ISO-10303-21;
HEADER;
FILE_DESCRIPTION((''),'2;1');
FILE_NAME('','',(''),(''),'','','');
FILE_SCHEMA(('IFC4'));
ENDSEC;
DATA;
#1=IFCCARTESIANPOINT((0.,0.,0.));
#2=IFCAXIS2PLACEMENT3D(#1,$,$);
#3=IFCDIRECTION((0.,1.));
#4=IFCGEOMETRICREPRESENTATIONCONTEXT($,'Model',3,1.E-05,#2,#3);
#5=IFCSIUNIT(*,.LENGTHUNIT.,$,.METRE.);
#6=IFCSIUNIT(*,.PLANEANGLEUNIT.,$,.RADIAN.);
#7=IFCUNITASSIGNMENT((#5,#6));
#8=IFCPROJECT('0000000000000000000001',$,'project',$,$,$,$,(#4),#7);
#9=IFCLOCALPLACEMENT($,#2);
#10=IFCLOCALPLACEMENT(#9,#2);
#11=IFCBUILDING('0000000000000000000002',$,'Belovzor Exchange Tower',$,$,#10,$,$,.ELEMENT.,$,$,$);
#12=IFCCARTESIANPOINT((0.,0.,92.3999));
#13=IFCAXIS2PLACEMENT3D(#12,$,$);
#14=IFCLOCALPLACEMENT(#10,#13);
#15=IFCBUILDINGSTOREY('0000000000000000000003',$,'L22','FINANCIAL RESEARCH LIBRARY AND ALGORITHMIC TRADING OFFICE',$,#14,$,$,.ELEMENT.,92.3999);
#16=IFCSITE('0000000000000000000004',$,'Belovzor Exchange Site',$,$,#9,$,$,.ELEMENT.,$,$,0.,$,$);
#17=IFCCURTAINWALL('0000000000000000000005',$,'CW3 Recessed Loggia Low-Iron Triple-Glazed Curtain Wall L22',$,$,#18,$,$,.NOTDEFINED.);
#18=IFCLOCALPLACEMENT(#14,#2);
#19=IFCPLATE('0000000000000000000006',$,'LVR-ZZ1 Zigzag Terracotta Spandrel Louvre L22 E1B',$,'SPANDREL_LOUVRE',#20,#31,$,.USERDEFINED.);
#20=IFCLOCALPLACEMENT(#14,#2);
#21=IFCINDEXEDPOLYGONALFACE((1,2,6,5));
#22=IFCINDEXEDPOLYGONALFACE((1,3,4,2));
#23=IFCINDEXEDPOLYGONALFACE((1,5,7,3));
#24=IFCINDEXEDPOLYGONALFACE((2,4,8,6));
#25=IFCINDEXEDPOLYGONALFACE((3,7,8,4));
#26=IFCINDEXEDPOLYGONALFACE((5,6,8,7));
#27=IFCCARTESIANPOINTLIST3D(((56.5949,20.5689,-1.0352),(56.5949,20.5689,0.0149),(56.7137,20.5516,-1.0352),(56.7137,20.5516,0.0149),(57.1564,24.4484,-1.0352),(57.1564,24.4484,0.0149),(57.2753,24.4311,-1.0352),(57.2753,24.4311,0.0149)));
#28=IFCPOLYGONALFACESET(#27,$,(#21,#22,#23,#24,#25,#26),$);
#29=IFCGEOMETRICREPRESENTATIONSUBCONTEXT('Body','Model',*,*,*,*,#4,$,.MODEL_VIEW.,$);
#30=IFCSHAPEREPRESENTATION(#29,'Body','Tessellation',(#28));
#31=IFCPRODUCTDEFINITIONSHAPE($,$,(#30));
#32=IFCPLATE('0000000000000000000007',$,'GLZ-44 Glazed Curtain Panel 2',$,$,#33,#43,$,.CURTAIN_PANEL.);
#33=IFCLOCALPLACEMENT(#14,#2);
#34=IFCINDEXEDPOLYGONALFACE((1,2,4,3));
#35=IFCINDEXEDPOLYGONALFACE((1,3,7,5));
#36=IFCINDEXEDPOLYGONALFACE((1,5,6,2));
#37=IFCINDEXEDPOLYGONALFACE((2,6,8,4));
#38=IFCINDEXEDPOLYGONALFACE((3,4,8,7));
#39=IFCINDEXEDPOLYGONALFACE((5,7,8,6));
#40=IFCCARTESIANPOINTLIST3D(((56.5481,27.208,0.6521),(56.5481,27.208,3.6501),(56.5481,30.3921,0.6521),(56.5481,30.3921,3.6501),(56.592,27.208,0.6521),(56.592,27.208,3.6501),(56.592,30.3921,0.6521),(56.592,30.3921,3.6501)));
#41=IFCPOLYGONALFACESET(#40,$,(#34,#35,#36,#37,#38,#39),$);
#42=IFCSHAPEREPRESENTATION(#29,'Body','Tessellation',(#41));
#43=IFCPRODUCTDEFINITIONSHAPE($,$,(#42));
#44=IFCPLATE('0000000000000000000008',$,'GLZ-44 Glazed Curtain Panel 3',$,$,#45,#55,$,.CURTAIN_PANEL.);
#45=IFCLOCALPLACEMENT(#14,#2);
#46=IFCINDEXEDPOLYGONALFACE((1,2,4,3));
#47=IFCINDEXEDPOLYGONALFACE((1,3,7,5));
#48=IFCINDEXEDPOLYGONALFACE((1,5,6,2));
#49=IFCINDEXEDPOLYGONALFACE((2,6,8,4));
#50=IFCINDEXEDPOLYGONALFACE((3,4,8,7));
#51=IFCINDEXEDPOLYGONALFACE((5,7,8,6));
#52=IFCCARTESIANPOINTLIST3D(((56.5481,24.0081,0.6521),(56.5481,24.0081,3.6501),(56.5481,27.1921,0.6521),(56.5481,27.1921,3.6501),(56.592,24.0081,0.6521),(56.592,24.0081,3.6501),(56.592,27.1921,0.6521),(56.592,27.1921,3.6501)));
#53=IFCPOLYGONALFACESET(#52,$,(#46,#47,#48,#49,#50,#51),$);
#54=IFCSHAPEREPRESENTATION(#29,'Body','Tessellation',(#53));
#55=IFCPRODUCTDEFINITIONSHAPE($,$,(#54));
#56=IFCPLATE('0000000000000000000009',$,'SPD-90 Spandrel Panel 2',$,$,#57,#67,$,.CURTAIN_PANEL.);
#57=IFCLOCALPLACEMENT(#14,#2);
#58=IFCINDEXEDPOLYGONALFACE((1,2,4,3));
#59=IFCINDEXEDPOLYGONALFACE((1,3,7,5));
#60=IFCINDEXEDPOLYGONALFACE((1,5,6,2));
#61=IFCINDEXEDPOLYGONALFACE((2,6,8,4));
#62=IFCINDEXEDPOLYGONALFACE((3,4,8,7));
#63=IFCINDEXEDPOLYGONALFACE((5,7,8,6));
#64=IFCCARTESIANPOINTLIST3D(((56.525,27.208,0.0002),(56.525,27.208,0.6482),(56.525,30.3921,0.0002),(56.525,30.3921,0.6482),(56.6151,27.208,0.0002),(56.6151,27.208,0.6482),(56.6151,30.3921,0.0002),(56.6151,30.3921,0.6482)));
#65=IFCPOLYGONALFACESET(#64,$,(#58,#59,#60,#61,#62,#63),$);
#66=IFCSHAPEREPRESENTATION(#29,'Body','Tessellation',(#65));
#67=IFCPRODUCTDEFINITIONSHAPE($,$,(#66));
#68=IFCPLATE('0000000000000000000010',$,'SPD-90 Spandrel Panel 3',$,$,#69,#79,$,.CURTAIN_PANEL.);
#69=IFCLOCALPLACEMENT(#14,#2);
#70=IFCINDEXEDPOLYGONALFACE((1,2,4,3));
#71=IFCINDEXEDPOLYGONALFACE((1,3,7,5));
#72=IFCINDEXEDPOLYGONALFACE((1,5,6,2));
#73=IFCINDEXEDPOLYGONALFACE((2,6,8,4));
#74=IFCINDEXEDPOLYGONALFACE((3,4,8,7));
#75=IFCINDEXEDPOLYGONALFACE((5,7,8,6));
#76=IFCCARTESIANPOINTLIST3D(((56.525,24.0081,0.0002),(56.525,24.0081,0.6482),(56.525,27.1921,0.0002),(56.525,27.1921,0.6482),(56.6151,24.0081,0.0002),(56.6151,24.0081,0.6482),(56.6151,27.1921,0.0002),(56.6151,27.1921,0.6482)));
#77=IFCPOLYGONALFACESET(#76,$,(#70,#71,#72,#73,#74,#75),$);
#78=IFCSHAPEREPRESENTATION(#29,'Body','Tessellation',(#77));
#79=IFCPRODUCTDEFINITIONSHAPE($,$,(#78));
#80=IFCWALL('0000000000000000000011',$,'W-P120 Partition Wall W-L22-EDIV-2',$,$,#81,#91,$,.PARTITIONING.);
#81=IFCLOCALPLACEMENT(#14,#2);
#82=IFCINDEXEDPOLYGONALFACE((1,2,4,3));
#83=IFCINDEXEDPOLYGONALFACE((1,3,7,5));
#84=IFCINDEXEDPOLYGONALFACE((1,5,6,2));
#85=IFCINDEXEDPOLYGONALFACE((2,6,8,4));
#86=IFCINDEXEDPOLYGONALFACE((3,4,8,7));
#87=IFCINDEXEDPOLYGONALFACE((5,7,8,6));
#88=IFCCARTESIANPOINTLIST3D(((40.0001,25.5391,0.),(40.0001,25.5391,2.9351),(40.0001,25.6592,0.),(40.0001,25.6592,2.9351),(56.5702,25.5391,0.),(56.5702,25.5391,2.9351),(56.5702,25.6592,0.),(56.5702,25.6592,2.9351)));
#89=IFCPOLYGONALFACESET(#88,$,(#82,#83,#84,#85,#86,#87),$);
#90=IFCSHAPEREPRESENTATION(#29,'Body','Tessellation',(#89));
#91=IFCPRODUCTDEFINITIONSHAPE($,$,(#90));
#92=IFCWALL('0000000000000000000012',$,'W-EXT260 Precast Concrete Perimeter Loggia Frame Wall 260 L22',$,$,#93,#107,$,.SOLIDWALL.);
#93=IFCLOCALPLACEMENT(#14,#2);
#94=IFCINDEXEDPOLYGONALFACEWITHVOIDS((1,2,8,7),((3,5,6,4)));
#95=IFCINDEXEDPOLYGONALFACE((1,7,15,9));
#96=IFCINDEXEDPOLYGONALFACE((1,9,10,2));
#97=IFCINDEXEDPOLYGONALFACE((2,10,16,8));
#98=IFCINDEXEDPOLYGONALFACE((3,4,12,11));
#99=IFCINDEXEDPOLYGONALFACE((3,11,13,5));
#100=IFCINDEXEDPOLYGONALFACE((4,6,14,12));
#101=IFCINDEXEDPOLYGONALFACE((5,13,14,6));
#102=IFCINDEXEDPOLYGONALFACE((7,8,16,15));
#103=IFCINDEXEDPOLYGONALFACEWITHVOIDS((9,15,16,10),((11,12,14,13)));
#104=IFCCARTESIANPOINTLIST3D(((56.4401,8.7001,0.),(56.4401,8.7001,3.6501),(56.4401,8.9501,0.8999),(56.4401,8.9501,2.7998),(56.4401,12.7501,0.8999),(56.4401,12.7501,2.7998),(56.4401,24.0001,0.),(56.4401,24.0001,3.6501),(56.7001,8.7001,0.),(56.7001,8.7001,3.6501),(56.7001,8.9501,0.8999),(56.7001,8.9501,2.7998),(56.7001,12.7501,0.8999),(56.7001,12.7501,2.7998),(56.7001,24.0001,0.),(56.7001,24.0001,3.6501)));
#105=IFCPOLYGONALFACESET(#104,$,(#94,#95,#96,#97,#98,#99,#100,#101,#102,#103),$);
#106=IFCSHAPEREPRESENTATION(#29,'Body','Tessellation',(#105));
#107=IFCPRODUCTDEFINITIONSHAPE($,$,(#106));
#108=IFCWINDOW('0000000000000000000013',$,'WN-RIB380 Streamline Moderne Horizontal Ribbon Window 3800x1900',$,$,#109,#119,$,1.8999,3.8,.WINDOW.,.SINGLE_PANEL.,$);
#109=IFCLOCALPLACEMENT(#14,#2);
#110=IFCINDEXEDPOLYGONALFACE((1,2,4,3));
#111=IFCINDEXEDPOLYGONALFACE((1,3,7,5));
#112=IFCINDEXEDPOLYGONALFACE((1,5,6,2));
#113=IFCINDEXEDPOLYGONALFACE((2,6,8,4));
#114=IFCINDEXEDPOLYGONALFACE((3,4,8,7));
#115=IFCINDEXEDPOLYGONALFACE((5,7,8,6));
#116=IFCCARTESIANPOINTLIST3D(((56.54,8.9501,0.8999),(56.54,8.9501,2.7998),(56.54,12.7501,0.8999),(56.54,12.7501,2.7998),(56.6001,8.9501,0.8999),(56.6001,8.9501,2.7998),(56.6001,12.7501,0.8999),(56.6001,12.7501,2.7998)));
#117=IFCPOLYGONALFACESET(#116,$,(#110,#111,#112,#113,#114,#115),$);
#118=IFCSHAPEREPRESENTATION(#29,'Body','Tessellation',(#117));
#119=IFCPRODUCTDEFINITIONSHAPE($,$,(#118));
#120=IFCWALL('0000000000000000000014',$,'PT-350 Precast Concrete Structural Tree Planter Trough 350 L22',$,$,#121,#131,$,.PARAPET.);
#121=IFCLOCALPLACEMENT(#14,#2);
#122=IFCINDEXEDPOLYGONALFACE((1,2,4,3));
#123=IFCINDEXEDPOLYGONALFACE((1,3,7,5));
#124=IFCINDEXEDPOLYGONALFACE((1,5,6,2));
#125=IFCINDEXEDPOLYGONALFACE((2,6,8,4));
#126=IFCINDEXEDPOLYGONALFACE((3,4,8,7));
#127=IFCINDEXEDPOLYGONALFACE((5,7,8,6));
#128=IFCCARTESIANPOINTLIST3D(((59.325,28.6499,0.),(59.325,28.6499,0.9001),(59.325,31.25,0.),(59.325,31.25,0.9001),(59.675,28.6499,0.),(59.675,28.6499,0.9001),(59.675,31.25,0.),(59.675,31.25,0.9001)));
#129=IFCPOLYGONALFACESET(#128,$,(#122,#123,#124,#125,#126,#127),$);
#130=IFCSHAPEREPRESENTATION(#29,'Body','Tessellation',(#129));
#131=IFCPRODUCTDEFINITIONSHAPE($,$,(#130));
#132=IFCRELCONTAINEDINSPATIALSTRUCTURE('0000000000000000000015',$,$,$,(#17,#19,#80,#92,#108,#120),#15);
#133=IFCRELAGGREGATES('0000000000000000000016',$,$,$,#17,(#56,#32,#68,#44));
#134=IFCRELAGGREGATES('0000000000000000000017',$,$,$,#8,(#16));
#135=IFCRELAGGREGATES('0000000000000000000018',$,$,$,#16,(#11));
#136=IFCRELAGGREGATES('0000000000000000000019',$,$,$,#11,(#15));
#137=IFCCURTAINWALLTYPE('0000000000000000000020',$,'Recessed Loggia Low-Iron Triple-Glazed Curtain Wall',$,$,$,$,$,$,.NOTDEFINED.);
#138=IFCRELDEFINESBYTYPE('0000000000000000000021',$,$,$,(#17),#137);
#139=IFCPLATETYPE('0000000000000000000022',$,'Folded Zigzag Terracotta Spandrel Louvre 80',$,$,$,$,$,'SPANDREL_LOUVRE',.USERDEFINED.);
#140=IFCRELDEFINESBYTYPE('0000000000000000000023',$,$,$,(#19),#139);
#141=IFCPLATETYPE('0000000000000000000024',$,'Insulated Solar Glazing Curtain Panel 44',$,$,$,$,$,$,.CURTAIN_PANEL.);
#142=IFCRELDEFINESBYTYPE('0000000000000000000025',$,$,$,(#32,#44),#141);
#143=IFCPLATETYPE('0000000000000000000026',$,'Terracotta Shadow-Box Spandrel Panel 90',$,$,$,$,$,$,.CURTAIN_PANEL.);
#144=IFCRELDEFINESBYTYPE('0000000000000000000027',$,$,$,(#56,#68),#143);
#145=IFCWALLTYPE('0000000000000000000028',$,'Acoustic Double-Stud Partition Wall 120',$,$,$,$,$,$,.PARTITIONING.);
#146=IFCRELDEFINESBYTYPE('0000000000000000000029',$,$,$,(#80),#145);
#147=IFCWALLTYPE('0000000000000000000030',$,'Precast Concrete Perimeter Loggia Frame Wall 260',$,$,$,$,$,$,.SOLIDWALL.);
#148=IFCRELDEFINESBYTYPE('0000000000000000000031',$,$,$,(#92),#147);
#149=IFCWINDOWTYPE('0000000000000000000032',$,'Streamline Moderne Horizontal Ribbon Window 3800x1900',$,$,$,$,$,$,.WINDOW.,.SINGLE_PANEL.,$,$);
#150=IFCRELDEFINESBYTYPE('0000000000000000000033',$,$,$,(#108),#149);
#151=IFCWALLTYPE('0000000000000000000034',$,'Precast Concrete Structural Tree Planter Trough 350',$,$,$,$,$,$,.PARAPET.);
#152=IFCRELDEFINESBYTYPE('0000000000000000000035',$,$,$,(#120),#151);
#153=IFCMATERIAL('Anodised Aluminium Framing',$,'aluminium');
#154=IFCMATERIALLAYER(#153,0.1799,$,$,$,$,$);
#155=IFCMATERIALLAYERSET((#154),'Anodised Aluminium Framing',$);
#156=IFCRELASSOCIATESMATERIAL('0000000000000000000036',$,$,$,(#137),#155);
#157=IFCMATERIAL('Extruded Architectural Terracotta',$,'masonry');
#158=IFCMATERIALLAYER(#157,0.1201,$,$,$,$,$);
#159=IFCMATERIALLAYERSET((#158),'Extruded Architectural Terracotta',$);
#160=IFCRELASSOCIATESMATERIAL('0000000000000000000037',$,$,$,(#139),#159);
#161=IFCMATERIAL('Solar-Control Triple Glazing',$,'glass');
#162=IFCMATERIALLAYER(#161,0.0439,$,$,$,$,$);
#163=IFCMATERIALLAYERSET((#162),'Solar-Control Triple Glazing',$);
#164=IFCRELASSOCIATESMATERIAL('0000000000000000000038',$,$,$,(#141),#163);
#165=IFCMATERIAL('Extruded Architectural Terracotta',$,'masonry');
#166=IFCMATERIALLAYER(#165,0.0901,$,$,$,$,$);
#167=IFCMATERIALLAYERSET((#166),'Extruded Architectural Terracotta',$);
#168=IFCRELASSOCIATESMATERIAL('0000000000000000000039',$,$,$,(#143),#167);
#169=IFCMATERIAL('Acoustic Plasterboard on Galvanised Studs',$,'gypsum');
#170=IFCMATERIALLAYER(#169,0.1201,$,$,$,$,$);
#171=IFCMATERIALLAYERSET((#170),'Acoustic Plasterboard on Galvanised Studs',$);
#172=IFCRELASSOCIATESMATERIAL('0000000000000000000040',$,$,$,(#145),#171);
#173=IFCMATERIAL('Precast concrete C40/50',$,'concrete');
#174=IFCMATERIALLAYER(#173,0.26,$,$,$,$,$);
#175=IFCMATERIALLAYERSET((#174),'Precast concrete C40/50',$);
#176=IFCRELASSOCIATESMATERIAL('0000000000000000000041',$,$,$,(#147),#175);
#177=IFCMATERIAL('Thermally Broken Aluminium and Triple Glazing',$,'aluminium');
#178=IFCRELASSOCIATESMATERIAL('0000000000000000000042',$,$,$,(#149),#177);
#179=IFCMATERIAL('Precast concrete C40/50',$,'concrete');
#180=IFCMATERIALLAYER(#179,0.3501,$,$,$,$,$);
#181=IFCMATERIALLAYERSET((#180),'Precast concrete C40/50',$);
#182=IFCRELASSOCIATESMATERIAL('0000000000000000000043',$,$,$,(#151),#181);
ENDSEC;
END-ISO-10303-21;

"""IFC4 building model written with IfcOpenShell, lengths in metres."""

from ifc_helpers import new_model, si_unit, direction, frame, frame_2d, origin, origin_2d, place, context, subcontext, project, spatial, rectangle, extrude, material, layer, layer_set, type_object, element, fill, aggregate, save


model = new_model("IFC4")

# Units and contexts
model_context = context("Model", 3, precision=1e-05, world=origin(), true_north=direction((0.0, 1.0)))
body_context = subcontext(model_context, "Body", "Model", "MODEL_VIEW")
ifc_project = project(units=[si_unit("LENGTHUNIT", "METRE"), si_unit("PLANEANGLEUNIT", "RADIAN")], contexts=[model_context])

# Site, building, storey
site_placement = place(None, origin())
site = spatial("IfcSite", under=ifc_project, at=site_placement, Name="Belovzor Exchange Site", CompositionType="ELEMENT", RefElevation=0.0)
building_placement = place(site_placement, origin())
building = spatial("IfcBuilding", under=site, at=building_placement, Name="Belovzor Exchange Tower", CompositionType="ELEMENT")
storey_placement = place(building_placement, frame((0.0, 0.0, 92.3999)))
storey = spatial("IfcBuildingStorey", under=building, at=storey_placement, Name="L22", Description="FINANCIAL RESEARCH LIBRARY AND ALGORITHMIC TRADING OFFICE", CompositionType="ELEMENT", Elevation=92.3999)

# Curtain wall
ifc_material_1 = material(Name="Anodised Aluminium Framing", Category="aluminium")
ifc_layer_1 = layer(ifc_material_1, 0.1799)
ifc_layer_set_1 = layer_set([ifc_layer_1], Name="Anodised Aluminium Framing")
curtain_wall_type = type_object("IfcCurtainWallType", Name="Recessed Loggia Low-Iron Triple-Glazed Curtain Wall", PredefinedType="NOTDEFINED", material=ifc_layer_set_1)
curtain_wall_placement = place(storey_placement, origin())
curtain_wall = element("IfcCurtainWall", 1, at=curtain_wall_placement, inside=storey, type_object=curtain_wall_type, Name="CW3 Recessed Loggia Low-Iron Triple-Glazed Curtain Wall L22", PredefinedType="NOTDEFINED")

# Plates
ifc_material_2 = material(Name="Extruded Architectural Terracotta", Category="masonry")
ifc_layer_2 = layer(ifc_material_2, 0.1201)
ifc_layer_set_2 = layer_set([ifc_layer_2], Name="Extruded Architectural Terracotta")
plate_type_1 = type_object("IfcPlateType", Name="Folded Zigzag Terracotta Spandrel Louvre 80", ElementType="SPANDREL_LOUVRE", PredefinedType="USERDEFINED", material=ifc_layer_set_2)
plate_1_placement = place(storey_placement, frame((56.9351, 22.5, -1.0352), z_axis=(0.0, 0.0, 1.0), x_axis=(0.143251, 0.989686, 0.0)))
element("IfcPlate", 2, at=plate_1_placement, inside=storey, type_object=plate_type_1, Name="LVR-ZZ1 Zigzag Terracotta Spandrel Louvre L22 E1B", ObjectType="SPANDREL_LOUVRE", PredefinedType="USERDEFINED", context=body_context, shape_type="SweptSolid", body=[
    extrude(rectangle(XDim=3.9199, YDim=0.1201, at=origin_2d()), origin(), (0.0, 0.0, 1.0), 1.05),
])
ifc_material_3 = material(Name="Solar-Control Triple Glazing", Category="glass")
ifc_layer_3 = layer(ifc_material_3, 0.0439)
ifc_layer_set_3 = layer_set([ifc_layer_3], Name="Solar-Control Triple Glazing")
plate_type_2 = type_object("IfcPlateType", Name="Insulated Solar Glazing Curtain Panel 44", PredefinedType="CURTAIN_PANEL", material=ifc_layer_set_3)
plate_2_placement = place(storey_placement, frame((56.5701, 28.8, 0.6521), z_axis=(0.0, 0.0, 1.0), x_axis=(0.0, -1.0, 0.0)))
plate_2 = element("IfcPlate", 3, at=plate_2_placement, type_object=plate_type_2, Name="GLZ-44 Glazed Curtain Panel 2", PredefinedType="CURTAIN_PANEL", context=body_context, shape_type="SweptSolid", body=[
    extrude(rectangle(XDim=3.1841, YDim=0.0439, at=origin_2d()), origin(), (0.0, 0.0, 1.0), 2.998),
])
plate_3_placement = place(storey_placement, frame((56.5701, 25.6001, 0.6521), z_axis=(0.0, 0.0, 1.0), x_axis=(0.0, -1.0, 0.0)))
plate_3 = element("IfcPlate", 4, at=plate_3_placement, type_object=plate_type_2, Name="GLZ-44 Glazed Curtain Panel 3", PredefinedType="CURTAIN_PANEL", context=body_context, shape_type="SweptSolid", body=[
    extrude(rectangle(XDim=3.1841, YDim=0.0439, at=origin_2d()), origin(), (0.0, 0.0, 1.0), 2.998),
])
ifc_material_4 = material(Name="Extruded Architectural Terracotta", Category="masonry")
ifc_layer_4 = layer(ifc_material_4, 0.0901)
ifc_layer_set_4 = layer_set([ifc_layer_4], Name="Extruded Architectural Terracotta")
plate_type_3 = type_object("IfcPlateType", Name="Terracotta Shadow-Box Spandrel Panel 90", PredefinedType="CURTAIN_PANEL", material=ifc_layer_set_4)
plate_4_placement = place(storey_placement, frame((56.5701, 28.8, 0.0002), z_axis=(0.0, 0.0, 1.0), x_axis=(0.0, -1.0, 0.0)))
plate_4 = element("IfcPlate", 5, at=plate_4_placement, type_object=plate_type_3, Name="SPD-90 Spandrel Panel 2", PredefinedType="CURTAIN_PANEL", context=body_context, shape_type="SweptSolid", body=[
    extrude(rectangle(XDim=3.1841, YDim=0.0901, at=origin_2d()), origin(), (0.0, 0.0, 1.0), 0.6479),
])
plate_5_placement = place(storey_placement, frame((56.5701, 25.6001, 0.0002), z_axis=(0.0, 0.0, 1.0), x_axis=(0.0, -1.0, 0.0)))
plate_5 = element("IfcPlate", 6, at=plate_5_placement, type_object=plate_type_3, Name="SPD-90 Spandrel Panel 3", PredefinedType="CURTAIN_PANEL", context=body_context, shape_type="SweptSolid", body=[
    extrude(rectangle(XDim=3.1841, YDim=0.0901, at=origin_2d()), origin(), (0.0, 0.0, 1.0), 0.6479),
])
aggregate(curtain_wall, [plate_4, plate_2, plate_5, plate_3])

# Wall
ifc_material_5 = material(Name="Acoustic Plasterboard on Galvanised Studs", Category="gypsum")
ifc_layer_5 = layer(ifc_material_5, 0.1201)
ifc_layer_set_5 = layer_set([ifc_layer_5], Name="Acoustic Plasterboard on Galvanised Studs")
wall_type_1 = type_object("IfcWallType", Name="Acoustic Double-Stud Partition Wall 120", PredefinedType="PARTITIONING", material=ifc_layer_set_5)
wall_1_placement = place(storey_placement, frame((40.0, 25.5991, 0.0), z_axis=(0.0, 0.0, 1.0), x_axis=(1.0, 0.0, 0.0)))
element("IfcWall", 7, at=wall_1_placement, inside=storey, type_object=wall_type_1, Name="W-P120 Partition Wall W-L22-EDIV-2", PredefinedType="PARTITIONING", context=body_context, shape_type="SweptSolid", body=[
    extrude(rectangle(XDim=16.5701, YDim=0.1201, at=frame_2d((8.2852, 0.0))), origin(), (0.0, 0.0, 1.0), 2.9351),
])

# Wall, opening, window
ifc_material_6 = material(Name="Precast concrete C40/50", Category="concrete")
ifc_layer_6 = layer(ifc_material_6, 0.26)
ifc_layer_set_6 = layer_set([ifc_layer_6], Name="Precast concrete C40/50")
wall_type_2 = type_object("IfcWallType", Name="Precast Concrete Perimeter Loggia Frame Wall 260", PredefinedType="SOLIDWALL", material=ifc_layer_set_6)
wall_2_placement = place(storey_placement, frame((56.5701, 24.0, 0.0), z_axis=(0.0, 0.0, 1.0), x_axis=(0.0, -1.0, 0.0)))
wall_2 = element("IfcWall", 8, at=wall_2_placement, inside=storey, type_object=wall_type_2, Name="W-EXT260 Precast Concrete Perimeter Loggia Frame Wall 260 L22", PredefinedType="SOLIDWALL", context=body_context, shape_type="SweptSolid", body=[
    extrude(rectangle(XDim=15.3, YDim=0.26, at=frame_2d((7.6499, 0.0))), origin(), (0.0, 0.0, 1.0), 3.6501),
])
opening_placement = place(wall_2_placement, frame((11.25, 0.0, 0.8999)))
opening = element("IfcOpeningElement", 9, at=opening_placement, cuts=wall_2, PredefinedType="OPENING", context=body_context, shape_type="SweptSolid", body=[
    extrude(rectangle(XDim=3.8, YDim=1.8999, at=frame_2d((1.8999, 0.95))), frame((0.0, 0.1399, 0.0), z_axis=(0.0, -1.0, 0.0), x_axis=(1.0, 0.0, 0.0)), (0.0, 0.0, 1.0), 0.28),
])
ifc_material_7 = material(Name="Thermally Broken Aluminium and Triple Glazing", Category="aluminium")
window_type = type_object("IfcWindowType", Name="Streamline Moderne Horizontal Ribbon Window 3800x1900", PartitioningType="SINGLE_PANEL", PredefinedType="WINDOW", material=ifc_material_7)
window_placement = place(opening_placement, origin())
window = element("IfcWindow", 10, at=window_placement, inside=storey, type_object=window_type, Name="WN-RIB380 Streamline Moderne Horizontal Ribbon Window 3800x1900", OverallHeight=1.8999, OverallWidth=3.8, PartitioningType="SINGLE_PANEL", PredefinedType="WINDOW", context=body_context, shape_type="SweptSolid", body=[
    extrude(rectangle(XDim=3.8, YDim=1.8999, at=frame_2d((1.8999, 0.95))), frame((0.0, 0.03, 0.0), z_axis=(0.0, -1.0, 0.0), x_axis=(1.0, 0.0, 0.0)), (0.0, 0.0, 1.0), 0.0601),
])
fill(opening, window)

# Wall
ifc_material_8 = material(Name="Precast concrete C40/50", Category="concrete")
ifc_layer_7 = layer(ifc_material_8, 0.3501)
ifc_layer_set_7 = layer_set([ifc_layer_7], Name="Precast concrete C40/50")
wall_type_3 = type_object("IfcWallType", Name="Precast Concrete Structural Tree Planter Trough 350", PredefinedType="PARAPET", material=ifc_layer_set_7)
wall_3_placement = place(storey_placement, frame((59.5, 28.6499, 0.0), z_axis=(0.0, 0.0, 1.0), x_axis=(0.0, 1.0, 0.0)))
element("IfcWall", 11, at=wall_3_placement, inside=storey, type_object=wall_type_3, Name="PT-350 Precast Concrete Structural Tree Planter Trough 350 L22", PredefinedType="PARAPET", context=body_context, shape_type="SweptSolid", body=[
    extrude(rectangle(XDim=2.6001, YDim=0.3501, at=frame_2d((1.3, 0.0))), origin(), (0.0, 0.0, 1.0), 0.9001),
])

save(model, "model.ifc")
